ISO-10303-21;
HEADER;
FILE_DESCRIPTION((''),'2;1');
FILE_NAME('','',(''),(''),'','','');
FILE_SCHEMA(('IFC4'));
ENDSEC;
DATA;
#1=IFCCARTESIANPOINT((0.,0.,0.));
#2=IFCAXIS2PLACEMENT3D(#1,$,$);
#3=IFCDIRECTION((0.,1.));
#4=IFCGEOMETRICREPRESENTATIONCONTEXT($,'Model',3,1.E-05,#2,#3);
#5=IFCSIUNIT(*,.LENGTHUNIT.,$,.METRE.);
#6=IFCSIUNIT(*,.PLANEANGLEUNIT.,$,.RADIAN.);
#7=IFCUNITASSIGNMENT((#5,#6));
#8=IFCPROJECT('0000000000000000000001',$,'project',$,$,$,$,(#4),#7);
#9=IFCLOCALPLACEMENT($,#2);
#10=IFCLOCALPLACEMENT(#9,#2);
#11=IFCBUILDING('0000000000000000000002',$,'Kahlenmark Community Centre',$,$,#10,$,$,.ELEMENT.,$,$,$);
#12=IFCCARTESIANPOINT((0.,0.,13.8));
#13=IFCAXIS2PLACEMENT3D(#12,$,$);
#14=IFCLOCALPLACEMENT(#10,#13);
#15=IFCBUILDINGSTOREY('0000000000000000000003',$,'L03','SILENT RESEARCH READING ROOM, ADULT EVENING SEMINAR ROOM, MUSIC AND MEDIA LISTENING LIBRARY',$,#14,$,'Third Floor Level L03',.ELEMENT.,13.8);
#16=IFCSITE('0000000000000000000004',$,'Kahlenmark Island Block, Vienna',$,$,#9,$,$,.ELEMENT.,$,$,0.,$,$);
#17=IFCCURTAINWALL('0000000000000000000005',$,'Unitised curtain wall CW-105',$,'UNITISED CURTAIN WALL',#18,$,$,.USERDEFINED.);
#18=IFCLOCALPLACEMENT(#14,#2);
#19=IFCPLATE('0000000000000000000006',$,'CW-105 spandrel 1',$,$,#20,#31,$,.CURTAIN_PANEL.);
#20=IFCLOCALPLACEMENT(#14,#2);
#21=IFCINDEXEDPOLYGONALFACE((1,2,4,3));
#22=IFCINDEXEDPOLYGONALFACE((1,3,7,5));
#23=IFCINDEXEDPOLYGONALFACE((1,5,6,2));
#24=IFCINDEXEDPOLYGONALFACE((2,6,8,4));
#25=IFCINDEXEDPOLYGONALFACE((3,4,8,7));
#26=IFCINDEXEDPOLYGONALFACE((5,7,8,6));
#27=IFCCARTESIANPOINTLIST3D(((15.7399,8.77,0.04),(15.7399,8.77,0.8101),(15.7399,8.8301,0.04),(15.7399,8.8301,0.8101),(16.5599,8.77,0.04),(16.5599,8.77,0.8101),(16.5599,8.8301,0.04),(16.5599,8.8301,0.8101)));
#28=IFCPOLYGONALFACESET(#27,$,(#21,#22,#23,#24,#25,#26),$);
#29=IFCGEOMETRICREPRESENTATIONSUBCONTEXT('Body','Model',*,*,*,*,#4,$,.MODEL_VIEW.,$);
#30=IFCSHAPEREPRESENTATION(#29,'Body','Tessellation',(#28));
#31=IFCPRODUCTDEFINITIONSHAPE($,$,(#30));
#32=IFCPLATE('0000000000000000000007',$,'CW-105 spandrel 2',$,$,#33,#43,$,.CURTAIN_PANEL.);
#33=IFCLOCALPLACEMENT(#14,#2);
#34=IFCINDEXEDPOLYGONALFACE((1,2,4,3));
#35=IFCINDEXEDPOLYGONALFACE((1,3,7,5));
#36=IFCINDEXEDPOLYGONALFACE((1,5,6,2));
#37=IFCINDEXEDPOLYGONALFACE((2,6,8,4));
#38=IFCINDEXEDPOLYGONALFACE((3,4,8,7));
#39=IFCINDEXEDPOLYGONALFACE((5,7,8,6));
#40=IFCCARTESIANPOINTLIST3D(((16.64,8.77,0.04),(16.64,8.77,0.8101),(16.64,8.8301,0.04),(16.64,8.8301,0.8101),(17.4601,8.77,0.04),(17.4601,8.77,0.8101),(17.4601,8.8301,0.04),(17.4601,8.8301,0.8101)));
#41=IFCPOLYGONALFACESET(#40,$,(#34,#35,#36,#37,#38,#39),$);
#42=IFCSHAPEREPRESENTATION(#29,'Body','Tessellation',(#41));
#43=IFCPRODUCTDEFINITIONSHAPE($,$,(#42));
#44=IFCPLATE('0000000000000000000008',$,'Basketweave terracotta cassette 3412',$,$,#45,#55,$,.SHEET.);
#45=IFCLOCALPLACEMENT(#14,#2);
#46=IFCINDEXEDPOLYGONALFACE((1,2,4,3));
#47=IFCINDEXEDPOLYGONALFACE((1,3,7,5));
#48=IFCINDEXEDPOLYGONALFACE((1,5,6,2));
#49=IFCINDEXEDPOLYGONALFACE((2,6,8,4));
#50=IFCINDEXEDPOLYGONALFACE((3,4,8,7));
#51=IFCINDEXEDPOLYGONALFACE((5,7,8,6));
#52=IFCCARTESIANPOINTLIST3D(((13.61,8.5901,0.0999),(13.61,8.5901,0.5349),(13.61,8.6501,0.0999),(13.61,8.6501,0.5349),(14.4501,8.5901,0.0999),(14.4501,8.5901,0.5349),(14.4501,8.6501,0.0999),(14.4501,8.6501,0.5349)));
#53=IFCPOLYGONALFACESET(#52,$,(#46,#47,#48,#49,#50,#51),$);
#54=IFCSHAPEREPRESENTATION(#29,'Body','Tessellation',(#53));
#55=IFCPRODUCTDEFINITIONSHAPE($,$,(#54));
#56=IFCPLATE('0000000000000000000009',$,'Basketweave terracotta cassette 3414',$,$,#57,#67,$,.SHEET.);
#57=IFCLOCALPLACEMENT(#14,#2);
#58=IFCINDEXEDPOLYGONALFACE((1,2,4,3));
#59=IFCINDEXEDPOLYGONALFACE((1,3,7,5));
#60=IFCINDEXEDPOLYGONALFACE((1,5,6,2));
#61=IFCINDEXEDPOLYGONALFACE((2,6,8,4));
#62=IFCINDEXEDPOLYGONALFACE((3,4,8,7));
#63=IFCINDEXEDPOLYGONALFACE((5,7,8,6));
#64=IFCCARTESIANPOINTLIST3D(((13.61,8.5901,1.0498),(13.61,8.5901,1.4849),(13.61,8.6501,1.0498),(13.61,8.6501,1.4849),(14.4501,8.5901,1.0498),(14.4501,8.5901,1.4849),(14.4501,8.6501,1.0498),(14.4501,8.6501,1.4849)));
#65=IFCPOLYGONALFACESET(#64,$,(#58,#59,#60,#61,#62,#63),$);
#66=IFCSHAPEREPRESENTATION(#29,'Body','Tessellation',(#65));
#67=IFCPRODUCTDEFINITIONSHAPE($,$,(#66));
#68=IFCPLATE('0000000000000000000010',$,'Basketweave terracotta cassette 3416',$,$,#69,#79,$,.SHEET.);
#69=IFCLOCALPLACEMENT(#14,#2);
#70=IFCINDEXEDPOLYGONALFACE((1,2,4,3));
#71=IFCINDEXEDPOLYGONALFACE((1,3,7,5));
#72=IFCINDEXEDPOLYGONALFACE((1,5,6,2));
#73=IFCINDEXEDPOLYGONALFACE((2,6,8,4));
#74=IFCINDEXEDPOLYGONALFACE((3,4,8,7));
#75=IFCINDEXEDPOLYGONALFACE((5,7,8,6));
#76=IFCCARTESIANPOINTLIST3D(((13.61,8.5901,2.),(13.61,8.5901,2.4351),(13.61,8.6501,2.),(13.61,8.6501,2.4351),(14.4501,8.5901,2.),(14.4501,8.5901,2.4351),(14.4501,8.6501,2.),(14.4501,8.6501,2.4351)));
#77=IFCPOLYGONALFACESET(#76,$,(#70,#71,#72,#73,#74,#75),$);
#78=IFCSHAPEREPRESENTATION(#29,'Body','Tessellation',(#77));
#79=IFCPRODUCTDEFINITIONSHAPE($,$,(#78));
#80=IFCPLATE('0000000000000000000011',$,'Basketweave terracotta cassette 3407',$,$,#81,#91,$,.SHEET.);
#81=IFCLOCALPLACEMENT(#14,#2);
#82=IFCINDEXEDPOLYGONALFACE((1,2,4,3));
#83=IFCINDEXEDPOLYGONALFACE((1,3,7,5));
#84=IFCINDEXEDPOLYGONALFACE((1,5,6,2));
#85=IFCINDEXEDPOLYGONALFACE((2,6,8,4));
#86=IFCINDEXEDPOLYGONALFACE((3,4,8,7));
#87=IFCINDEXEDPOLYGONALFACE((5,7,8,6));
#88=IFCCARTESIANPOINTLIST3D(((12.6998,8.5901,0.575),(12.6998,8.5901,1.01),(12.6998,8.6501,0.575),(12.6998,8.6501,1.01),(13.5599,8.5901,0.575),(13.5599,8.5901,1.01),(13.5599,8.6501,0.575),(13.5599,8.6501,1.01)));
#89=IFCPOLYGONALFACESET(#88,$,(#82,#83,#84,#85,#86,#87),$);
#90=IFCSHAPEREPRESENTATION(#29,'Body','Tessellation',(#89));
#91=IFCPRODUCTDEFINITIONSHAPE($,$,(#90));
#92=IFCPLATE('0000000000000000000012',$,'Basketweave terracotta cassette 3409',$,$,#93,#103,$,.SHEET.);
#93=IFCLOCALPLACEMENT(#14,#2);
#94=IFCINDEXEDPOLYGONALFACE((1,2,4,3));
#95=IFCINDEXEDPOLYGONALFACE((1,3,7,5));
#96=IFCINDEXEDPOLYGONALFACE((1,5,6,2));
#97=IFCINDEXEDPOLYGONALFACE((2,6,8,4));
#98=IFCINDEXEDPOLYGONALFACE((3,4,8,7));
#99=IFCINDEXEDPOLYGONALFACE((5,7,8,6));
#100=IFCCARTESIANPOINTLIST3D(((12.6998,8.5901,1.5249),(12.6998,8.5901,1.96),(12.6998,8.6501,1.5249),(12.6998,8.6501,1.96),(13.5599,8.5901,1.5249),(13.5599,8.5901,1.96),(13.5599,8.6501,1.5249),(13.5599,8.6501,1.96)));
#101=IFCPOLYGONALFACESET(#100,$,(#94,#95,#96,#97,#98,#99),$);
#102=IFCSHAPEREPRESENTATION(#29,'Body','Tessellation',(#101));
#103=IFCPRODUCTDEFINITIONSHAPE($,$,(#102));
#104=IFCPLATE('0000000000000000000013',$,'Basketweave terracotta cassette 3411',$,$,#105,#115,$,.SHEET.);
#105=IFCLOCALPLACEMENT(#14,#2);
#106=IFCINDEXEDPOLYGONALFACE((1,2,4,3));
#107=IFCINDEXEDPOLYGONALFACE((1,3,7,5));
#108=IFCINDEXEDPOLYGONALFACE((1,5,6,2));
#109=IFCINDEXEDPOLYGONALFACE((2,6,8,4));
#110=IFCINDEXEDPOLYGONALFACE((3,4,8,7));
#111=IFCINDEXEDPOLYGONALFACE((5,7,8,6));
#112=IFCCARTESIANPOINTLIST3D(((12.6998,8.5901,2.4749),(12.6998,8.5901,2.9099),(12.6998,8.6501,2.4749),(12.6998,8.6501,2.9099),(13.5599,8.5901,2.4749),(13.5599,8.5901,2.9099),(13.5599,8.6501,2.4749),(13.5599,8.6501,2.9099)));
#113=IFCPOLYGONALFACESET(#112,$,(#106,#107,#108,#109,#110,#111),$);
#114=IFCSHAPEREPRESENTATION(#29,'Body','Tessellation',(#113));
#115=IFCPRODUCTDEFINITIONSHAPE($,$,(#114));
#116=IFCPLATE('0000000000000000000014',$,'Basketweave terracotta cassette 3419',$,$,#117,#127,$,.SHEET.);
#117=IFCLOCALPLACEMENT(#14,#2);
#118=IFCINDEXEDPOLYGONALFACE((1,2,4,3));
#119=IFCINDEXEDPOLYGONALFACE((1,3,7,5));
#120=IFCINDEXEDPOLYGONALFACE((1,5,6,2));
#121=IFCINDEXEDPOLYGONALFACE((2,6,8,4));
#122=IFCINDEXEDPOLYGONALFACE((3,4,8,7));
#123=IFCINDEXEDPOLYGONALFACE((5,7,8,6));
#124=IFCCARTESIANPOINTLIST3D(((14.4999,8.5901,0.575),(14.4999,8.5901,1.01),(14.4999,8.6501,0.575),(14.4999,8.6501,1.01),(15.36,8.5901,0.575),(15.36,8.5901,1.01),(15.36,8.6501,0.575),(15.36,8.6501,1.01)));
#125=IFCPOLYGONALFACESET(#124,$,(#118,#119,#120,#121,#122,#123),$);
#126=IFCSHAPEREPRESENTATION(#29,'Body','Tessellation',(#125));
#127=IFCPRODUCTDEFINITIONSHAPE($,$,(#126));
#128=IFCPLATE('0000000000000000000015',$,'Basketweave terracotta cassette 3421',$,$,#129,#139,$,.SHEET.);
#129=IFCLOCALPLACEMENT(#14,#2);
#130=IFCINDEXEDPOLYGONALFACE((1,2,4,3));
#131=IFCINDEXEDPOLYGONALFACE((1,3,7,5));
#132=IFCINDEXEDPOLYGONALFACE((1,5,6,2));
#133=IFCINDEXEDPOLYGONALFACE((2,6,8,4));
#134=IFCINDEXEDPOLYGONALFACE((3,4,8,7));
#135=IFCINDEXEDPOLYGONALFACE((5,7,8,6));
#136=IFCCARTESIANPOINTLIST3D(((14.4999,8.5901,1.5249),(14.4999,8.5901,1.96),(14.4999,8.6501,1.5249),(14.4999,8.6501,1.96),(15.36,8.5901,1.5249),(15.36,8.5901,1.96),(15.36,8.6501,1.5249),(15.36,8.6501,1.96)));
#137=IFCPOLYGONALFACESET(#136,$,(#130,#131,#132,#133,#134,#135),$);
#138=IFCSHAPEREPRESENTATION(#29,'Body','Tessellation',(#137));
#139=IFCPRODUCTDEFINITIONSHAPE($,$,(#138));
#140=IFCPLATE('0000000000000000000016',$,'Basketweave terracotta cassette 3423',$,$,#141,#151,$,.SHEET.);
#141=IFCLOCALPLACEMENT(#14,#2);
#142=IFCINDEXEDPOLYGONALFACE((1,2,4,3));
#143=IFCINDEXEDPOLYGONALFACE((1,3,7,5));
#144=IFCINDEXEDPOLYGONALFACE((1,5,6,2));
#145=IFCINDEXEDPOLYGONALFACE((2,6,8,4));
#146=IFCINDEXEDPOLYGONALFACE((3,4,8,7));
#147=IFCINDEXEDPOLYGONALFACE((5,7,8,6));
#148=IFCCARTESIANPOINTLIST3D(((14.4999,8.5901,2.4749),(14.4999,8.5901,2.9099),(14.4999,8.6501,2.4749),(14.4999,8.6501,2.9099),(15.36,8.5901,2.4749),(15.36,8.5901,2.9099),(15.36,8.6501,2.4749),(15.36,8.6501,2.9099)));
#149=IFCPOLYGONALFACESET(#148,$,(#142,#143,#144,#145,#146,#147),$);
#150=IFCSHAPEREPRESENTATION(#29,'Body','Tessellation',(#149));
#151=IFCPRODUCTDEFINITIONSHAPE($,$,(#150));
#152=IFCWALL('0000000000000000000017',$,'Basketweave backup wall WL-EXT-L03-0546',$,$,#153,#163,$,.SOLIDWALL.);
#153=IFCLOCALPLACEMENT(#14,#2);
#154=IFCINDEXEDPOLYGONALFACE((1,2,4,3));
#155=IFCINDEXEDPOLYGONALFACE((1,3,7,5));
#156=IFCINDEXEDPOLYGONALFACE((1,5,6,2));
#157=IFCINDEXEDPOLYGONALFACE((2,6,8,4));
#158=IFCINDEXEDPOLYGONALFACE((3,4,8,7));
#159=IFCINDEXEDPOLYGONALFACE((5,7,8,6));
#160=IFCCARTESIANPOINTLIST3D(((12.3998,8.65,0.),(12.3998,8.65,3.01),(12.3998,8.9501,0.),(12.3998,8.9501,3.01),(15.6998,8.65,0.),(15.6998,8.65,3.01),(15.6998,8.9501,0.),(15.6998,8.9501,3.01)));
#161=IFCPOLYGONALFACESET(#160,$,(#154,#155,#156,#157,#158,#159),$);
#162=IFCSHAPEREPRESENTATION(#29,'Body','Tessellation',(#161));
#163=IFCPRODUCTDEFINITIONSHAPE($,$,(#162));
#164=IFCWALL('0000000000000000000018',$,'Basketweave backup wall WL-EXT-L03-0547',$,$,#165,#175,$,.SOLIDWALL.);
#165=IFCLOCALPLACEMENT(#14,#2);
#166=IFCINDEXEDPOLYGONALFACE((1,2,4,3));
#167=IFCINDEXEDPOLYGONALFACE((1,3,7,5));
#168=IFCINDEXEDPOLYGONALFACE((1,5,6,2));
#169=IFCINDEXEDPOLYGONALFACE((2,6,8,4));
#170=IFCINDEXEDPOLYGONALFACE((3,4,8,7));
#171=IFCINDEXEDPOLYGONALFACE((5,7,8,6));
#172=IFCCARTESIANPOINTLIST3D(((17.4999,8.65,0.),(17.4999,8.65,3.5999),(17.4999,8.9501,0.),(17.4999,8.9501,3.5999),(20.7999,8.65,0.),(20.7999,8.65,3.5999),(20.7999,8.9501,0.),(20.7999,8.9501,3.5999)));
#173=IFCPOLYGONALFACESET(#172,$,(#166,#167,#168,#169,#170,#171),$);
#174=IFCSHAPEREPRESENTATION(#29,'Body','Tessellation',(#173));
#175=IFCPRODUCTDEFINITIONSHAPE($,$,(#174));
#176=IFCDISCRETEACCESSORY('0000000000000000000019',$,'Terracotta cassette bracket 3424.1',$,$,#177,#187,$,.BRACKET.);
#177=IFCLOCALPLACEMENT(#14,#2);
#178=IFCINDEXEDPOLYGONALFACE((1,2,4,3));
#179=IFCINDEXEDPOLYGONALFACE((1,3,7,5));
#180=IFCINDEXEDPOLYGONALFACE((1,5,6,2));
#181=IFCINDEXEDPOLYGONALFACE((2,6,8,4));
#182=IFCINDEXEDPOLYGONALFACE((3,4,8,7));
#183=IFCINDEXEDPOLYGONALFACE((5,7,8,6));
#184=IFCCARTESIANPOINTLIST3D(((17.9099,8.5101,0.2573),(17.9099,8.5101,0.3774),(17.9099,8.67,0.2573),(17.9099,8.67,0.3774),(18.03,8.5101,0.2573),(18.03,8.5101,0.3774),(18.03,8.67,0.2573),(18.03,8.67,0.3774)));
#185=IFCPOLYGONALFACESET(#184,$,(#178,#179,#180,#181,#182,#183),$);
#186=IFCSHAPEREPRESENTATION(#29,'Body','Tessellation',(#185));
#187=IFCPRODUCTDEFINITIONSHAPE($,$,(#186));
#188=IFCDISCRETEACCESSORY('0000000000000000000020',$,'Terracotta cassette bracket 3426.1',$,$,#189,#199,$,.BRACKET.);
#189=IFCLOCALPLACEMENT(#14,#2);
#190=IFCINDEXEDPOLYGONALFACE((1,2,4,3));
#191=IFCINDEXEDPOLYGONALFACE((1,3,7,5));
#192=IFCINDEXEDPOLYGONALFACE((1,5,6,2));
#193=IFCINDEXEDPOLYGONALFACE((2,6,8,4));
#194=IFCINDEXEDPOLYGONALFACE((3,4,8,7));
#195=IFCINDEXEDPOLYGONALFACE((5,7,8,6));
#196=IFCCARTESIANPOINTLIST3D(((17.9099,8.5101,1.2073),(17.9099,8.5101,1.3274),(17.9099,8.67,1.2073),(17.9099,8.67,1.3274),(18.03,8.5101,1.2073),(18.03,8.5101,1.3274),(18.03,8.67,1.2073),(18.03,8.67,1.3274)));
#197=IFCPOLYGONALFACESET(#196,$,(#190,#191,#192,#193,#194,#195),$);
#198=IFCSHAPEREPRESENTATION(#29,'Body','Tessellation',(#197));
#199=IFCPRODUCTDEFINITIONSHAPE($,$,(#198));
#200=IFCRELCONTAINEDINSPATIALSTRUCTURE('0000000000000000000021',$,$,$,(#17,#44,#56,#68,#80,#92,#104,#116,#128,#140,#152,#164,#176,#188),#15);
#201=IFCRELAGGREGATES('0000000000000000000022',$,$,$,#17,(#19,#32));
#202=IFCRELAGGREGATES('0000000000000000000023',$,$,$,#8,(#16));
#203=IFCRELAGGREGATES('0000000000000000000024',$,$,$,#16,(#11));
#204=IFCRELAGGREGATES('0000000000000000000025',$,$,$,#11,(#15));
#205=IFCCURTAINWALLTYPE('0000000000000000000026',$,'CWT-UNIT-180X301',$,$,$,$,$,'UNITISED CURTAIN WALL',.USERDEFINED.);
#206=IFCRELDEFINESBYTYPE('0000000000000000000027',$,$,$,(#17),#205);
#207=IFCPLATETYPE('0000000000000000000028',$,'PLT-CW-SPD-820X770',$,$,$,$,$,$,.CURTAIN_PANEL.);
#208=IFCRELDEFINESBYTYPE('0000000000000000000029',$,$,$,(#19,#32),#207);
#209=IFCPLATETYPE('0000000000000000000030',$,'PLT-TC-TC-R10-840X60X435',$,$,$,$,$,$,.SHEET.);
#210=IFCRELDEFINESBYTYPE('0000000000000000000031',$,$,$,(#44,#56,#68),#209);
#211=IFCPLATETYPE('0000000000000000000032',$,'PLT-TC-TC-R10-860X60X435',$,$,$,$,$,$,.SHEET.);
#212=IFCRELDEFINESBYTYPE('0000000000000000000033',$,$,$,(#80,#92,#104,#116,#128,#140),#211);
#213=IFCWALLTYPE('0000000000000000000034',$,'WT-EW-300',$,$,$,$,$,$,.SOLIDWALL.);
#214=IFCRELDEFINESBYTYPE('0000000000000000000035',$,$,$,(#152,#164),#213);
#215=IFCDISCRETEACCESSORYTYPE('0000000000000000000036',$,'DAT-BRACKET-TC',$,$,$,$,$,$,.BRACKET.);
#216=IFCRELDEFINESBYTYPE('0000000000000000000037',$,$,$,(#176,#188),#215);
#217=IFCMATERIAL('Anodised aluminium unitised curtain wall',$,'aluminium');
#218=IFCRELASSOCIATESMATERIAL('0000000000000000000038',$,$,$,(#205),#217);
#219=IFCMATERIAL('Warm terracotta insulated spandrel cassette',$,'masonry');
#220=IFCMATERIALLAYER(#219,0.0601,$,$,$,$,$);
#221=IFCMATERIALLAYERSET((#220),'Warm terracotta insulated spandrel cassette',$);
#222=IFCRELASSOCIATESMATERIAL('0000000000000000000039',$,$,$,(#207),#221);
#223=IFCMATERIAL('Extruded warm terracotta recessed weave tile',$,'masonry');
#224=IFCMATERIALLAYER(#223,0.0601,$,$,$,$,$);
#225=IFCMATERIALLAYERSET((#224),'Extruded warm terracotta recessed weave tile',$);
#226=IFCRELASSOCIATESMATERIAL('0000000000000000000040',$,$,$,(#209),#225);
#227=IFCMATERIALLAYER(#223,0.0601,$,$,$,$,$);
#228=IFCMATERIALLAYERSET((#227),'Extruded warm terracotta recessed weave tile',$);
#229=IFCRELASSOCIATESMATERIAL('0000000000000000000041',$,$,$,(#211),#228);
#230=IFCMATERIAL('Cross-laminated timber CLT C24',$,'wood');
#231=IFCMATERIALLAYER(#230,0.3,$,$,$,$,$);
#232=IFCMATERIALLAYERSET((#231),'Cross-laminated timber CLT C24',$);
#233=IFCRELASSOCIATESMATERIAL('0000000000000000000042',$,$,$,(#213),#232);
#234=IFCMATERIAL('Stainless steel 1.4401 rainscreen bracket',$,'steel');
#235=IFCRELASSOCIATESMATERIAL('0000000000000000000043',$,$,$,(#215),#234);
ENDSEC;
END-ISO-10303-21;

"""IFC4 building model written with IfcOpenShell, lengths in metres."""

from ifc_helpers import new_model, si_unit, direction, frame, frame_2d, origin, origin_2d, place, context, subcontext, project, spatial, rectangle, extrude, material, layer, layer_set, type_object, element, aggregate, save


model = new_model("IFC4")

# Units and contexts
model_context = context("Model", 3, precision=1e-05, world=origin(), true_north=direction((0.0, 1.0)))
body_context = subcontext(model_context, "Body", "Model", "MODEL_VIEW")
ifc_project = project(units=[si_unit("LENGTHUNIT", "METRE"), si_unit("PLANEANGLEUNIT", "RADIAN")], contexts=[model_context])

# Site, building, storey
site_placement = place(None, origin())
site = spatial("IfcSite", under=ifc_project, at=site_placement, Name="Kahlenmark Island Block, Vienna", CompositionType="ELEMENT", RefElevation=0.0)
building_placement = place(site_placement, origin())
building = spatial("IfcBuilding", under=site, at=building_placement, Name="Kahlenmark Community Centre", CompositionType="ELEMENT")
storey_placement = place(building_placement, frame((0.0, 0.0, 13.8)))
storey = spatial("IfcBuildingStorey", under=building, at=storey_placement, Name="L03", Description="SILENT RESEARCH READING ROOM, ADULT EVENING SEMINAR ROOM, MUSIC AND MEDIA LISTENING LIBRARY", LongName="Third Floor Level L03", CompositionType="ELEMENT", Elevation=13.8)

# Curtain wall, plates
ifc_material_1 = material(Name="Anodised aluminium unitised curtain wall", Category="aluminium")
curtain_wall_type = type_object("IfcCurtainWallType", Name="CWT-UNIT-180X301", ElementType="UNITISED CURTAIN WALL", PredefinedType="USERDEFINED", material=ifc_material_1)
curtain_wall_placement = place(storey_placement, origin())
curtain_wall = element("IfcCurtainWall", 1, at=curtain_wall_placement, inside=storey, type_object=curtain_wall_type, Name="Unitised curtain wall CW-105", ObjectType="UNITISED CURTAIN WALL", PredefinedType="USERDEFINED")
ifc_material_2 = material(Name="Warm terracotta insulated spandrel cassette", Category="masonry")
ifc_layer_1 = layer(ifc_material_2, 0.0601)
ifc_layer_set_1 = layer_set([ifc_layer_1], Name="Warm terracotta insulated spandrel cassette")
plate_type_1 = type_object("IfcPlateType", Name="PLT-CW-SPD-820X770", PredefinedType="CURTAIN_PANEL", material=ifc_layer_set_1)
plate_1_placement = place(storey_placement, frame((16.1499, 8.8, 0.04), z_axis=(0.0, 0.0, 1.0), x_axis=(1.0, 0.0, 0.0)))
plate_1 = element("IfcPlate", 2, at=plate_1_placement, type_object=plate_type_1, Name="CW-105 spandrel 1", PredefinedType="CURTAIN_PANEL", context=body_context, shape_type="SweptSolid", body=[
    extrude(rectangle(XDim=0.8201, YDim=0.0601, at=origin_2d()), origin(), (0.0, 0.0, 1.0), 0.77),
])
plate_2_placement = place(storey_placement, frame((17.05, 8.8, 0.04), z_axis=(0.0, 0.0, 1.0), x_axis=(1.0, 0.0, 0.0)))
plate_2 = element("IfcPlate", 3, at=plate_2_placement, type_object=plate_type_1, Name="CW-105 spandrel 2", PredefinedType="CURTAIN_PANEL", context=body_context, shape_type="SweptSolid", body=[
    extrude(rectangle(XDim=0.8201, YDim=0.0601, at=origin_2d()), origin(), (0.0, 0.0, 1.0), 0.77),
])
aggregate(curtain_wall, [plate_1, plate_2])

# Plates
ifc_material_3 = material(Name="Extruded warm terracotta recessed weave tile", Category="masonry")
ifc_layer_2 = layer(ifc_material_3, 0.0601)
ifc_layer_set_2 = layer_set([ifc_layer_2], Name="Extruded warm terracotta recessed weave tile")
plate_type_2 = type_object("IfcPlateType", Name="PLT-TC-TC-R10-840X60X435", PredefinedType="SHEET", material=ifc_layer_set_2)
for number, where, z_axis, x_axis, name in (
    (4, (14.03, 8.6201, 0.0999), (0.0, 0.0, 1.0), (1.0, 0.0, 0.0), "Basketweave terracotta cassette 3412"),
    (5, (14.03, 8.6201, 1.0498), (0.0, 0.0, 1.0), (1.0, 0.0, 0.0), "Basketweave terracotta cassette 3414"),
    (6, (14.03, 8.6201, 2.0), (0.0, 0.0, 1.0), (1.0, 0.0, 0.0), "Basketweave terracotta cassette 3416"),
):
    element("IfcPlate", number, at=place(storey_placement, frame(where, z_axis=z_axis, x_axis=x_axis)), inside=storey, type_object=plate_type_2, Name=name, PredefinedType="SHEET", context=body_context, shape_type="SweptSolid", body=[
        extrude(rectangle(XDim=0.8401, YDim=0.0601, at=origin_2d()), origin(), (0.0, 0.0, 1.0), 0.4351),
    ])
ifc_layer_3 = layer(ifc_material_3, 0.0601)
ifc_layer_set_3 = layer_set([ifc_layer_3], Name="Extruded warm terracotta recessed weave tile")
plate_type_3 = type_object("IfcPlateType", Name="PLT-TC-TC-R10-860X60X435", PredefinedType="SHEET", material=ifc_layer_set_3)
for number, where, z_axis, x_axis, name in (
    (7, (13.1299, 8.6201, 0.575), (0.0, 0.0, 1.0), (1.0, 0.0, 0.0), "Basketweave terracotta cassette 3407"),
    (8, (13.1299, 8.6201, 1.5249), (0.0, 0.0, 1.0), (1.0, 0.0, 0.0), "Basketweave terracotta cassette 3409"),
    (9, (13.1299, 8.6201, 2.4749), (0.0, 0.0, 1.0), (1.0, 0.0, 0.0), "Basketweave terracotta cassette 3411"),
    (10, (14.9299, 8.6201, 0.575), (0.0, 0.0, 1.0), (1.0, 0.0, 0.0), "Basketweave terracotta cassette 3419"),
    (11, (14.9299, 8.6201, 1.5249), (0.0, 0.0, 1.0), (1.0, 0.0, 0.0), "Basketweave terracotta cassette 3421"),
    (12, (14.9299, 8.6201, 2.4749), (0.0, 0.0, 1.0), (1.0, 0.0, 0.0), "Basketweave terracotta cassette 3423"),
):
    element("IfcPlate", number, at=place(storey_placement, frame(where, z_axis=z_axis, x_axis=x_axis)), inside=storey, type_object=plate_type_3, Name=name, PredefinedType="SHEET", context=body_context, shape_type="SweptSolid", body=[
        extrude(rectangle(XDim=0.8601, YDim=0.0601, at=origin_2d()), origin(), (0.0, 0.0, 1.0), 0.4351),
    ])

# Walls
ifc_material_4 = material(Name="Cross-laminated timber CLT C24", Category="wood")
ifc_layer_4 = layer(ifc_material_4, 0.3)
ifc_layer_set_4 = layer_set([ifc_layer_4], Name="Cross-laminated timber CLT C24")
wall_type = type_object("IfcWallType", Name="WT-EW-300", PredefinedType="SOLIDWALL", material=ifc_layer_set_4)
wall_1_placement = place(storey_placement, frame((12.3999, 8.8, 0.0), z_axis=(0.0, 0.0, 1.0), x_axis=(1.0, 0.0, 0.0)))
element("IfcWall", 13, at=wall_1_placement, inside=storey, type_object=wall_type, Name="Basketweave backup wall WL-EXT-L03-0546", PredefinedType="SOLIDWALL", context=body_context, shape_type="SweptSolid", body=[
    extrude(rectangle(XDim=3.3, YDim=0.3, at=frame_2d((1.6499, 0.0))), origin(), (0.0, 0.0, 1.0), 3.01),
])
wall_2_placement = place(storey_placement, frame((17.5, 8.8, 0.0), z_axis=(0.0, 0.0, 1.0), x_axis=(1.0, 0.0, 0.0)))
element("IfcWall", 14, at=wall_2_placement, inside=storey, type_object=wall_type, Name="Basketweave backup wall WL-EXT-L03-0547", PredefinedType="SOLIDWALL", context=body_context, shape_type="SweptSolid", body=[
    extrude(rectangle(XDim=3.3, YDim=0.3, at=frame_2d((1.6499, 0.0))), origin(), (0.0, 0.0, 1.0), 3.5999),
])

# Discrete accessories
ifc_material_5 = material(Name="Stainless steel 1.4401 rainscreen bracket", Category="steel")
discrete_accessory_type = type_object("IfcDiscreteAccessoryType", Name="DAT-BRACKET-TC", PredefinedType="BRACKET", material=ifc_material_5)
for number, where, z_axis, x_axis, name in (
    (15, (17.97, 8.5901, 0.2573), (0.0, 0.0, 1.0), (1.0, 0.0, 0.0), "Terracotta cassette bracket 3424.1"),
    (16, (17.97, 8.5901, 1.2073), (0.0, 0.0, 1.0), (1.0, 0.0, 0.0), "Terracotta cassette bracket 3426.1"),
):
    element("IfcDiscreteAccessory", number, at=place(storey_placement, frame(where, z_axis=z_axis, x_axis=x_axis)), inside=storey, type_object=discrete_accessory_type, Name=name, PredefinedType="BRACKET", context=body_context, shape_type="SweptSolid", body=[
        extrude(rectangle(XDim=0.1201, YDim=0.1599, at=origin_2d()), origin(), (0.0, 0.0, 1.0), 0.1201),
    ])

save(model, "model.ifc")
